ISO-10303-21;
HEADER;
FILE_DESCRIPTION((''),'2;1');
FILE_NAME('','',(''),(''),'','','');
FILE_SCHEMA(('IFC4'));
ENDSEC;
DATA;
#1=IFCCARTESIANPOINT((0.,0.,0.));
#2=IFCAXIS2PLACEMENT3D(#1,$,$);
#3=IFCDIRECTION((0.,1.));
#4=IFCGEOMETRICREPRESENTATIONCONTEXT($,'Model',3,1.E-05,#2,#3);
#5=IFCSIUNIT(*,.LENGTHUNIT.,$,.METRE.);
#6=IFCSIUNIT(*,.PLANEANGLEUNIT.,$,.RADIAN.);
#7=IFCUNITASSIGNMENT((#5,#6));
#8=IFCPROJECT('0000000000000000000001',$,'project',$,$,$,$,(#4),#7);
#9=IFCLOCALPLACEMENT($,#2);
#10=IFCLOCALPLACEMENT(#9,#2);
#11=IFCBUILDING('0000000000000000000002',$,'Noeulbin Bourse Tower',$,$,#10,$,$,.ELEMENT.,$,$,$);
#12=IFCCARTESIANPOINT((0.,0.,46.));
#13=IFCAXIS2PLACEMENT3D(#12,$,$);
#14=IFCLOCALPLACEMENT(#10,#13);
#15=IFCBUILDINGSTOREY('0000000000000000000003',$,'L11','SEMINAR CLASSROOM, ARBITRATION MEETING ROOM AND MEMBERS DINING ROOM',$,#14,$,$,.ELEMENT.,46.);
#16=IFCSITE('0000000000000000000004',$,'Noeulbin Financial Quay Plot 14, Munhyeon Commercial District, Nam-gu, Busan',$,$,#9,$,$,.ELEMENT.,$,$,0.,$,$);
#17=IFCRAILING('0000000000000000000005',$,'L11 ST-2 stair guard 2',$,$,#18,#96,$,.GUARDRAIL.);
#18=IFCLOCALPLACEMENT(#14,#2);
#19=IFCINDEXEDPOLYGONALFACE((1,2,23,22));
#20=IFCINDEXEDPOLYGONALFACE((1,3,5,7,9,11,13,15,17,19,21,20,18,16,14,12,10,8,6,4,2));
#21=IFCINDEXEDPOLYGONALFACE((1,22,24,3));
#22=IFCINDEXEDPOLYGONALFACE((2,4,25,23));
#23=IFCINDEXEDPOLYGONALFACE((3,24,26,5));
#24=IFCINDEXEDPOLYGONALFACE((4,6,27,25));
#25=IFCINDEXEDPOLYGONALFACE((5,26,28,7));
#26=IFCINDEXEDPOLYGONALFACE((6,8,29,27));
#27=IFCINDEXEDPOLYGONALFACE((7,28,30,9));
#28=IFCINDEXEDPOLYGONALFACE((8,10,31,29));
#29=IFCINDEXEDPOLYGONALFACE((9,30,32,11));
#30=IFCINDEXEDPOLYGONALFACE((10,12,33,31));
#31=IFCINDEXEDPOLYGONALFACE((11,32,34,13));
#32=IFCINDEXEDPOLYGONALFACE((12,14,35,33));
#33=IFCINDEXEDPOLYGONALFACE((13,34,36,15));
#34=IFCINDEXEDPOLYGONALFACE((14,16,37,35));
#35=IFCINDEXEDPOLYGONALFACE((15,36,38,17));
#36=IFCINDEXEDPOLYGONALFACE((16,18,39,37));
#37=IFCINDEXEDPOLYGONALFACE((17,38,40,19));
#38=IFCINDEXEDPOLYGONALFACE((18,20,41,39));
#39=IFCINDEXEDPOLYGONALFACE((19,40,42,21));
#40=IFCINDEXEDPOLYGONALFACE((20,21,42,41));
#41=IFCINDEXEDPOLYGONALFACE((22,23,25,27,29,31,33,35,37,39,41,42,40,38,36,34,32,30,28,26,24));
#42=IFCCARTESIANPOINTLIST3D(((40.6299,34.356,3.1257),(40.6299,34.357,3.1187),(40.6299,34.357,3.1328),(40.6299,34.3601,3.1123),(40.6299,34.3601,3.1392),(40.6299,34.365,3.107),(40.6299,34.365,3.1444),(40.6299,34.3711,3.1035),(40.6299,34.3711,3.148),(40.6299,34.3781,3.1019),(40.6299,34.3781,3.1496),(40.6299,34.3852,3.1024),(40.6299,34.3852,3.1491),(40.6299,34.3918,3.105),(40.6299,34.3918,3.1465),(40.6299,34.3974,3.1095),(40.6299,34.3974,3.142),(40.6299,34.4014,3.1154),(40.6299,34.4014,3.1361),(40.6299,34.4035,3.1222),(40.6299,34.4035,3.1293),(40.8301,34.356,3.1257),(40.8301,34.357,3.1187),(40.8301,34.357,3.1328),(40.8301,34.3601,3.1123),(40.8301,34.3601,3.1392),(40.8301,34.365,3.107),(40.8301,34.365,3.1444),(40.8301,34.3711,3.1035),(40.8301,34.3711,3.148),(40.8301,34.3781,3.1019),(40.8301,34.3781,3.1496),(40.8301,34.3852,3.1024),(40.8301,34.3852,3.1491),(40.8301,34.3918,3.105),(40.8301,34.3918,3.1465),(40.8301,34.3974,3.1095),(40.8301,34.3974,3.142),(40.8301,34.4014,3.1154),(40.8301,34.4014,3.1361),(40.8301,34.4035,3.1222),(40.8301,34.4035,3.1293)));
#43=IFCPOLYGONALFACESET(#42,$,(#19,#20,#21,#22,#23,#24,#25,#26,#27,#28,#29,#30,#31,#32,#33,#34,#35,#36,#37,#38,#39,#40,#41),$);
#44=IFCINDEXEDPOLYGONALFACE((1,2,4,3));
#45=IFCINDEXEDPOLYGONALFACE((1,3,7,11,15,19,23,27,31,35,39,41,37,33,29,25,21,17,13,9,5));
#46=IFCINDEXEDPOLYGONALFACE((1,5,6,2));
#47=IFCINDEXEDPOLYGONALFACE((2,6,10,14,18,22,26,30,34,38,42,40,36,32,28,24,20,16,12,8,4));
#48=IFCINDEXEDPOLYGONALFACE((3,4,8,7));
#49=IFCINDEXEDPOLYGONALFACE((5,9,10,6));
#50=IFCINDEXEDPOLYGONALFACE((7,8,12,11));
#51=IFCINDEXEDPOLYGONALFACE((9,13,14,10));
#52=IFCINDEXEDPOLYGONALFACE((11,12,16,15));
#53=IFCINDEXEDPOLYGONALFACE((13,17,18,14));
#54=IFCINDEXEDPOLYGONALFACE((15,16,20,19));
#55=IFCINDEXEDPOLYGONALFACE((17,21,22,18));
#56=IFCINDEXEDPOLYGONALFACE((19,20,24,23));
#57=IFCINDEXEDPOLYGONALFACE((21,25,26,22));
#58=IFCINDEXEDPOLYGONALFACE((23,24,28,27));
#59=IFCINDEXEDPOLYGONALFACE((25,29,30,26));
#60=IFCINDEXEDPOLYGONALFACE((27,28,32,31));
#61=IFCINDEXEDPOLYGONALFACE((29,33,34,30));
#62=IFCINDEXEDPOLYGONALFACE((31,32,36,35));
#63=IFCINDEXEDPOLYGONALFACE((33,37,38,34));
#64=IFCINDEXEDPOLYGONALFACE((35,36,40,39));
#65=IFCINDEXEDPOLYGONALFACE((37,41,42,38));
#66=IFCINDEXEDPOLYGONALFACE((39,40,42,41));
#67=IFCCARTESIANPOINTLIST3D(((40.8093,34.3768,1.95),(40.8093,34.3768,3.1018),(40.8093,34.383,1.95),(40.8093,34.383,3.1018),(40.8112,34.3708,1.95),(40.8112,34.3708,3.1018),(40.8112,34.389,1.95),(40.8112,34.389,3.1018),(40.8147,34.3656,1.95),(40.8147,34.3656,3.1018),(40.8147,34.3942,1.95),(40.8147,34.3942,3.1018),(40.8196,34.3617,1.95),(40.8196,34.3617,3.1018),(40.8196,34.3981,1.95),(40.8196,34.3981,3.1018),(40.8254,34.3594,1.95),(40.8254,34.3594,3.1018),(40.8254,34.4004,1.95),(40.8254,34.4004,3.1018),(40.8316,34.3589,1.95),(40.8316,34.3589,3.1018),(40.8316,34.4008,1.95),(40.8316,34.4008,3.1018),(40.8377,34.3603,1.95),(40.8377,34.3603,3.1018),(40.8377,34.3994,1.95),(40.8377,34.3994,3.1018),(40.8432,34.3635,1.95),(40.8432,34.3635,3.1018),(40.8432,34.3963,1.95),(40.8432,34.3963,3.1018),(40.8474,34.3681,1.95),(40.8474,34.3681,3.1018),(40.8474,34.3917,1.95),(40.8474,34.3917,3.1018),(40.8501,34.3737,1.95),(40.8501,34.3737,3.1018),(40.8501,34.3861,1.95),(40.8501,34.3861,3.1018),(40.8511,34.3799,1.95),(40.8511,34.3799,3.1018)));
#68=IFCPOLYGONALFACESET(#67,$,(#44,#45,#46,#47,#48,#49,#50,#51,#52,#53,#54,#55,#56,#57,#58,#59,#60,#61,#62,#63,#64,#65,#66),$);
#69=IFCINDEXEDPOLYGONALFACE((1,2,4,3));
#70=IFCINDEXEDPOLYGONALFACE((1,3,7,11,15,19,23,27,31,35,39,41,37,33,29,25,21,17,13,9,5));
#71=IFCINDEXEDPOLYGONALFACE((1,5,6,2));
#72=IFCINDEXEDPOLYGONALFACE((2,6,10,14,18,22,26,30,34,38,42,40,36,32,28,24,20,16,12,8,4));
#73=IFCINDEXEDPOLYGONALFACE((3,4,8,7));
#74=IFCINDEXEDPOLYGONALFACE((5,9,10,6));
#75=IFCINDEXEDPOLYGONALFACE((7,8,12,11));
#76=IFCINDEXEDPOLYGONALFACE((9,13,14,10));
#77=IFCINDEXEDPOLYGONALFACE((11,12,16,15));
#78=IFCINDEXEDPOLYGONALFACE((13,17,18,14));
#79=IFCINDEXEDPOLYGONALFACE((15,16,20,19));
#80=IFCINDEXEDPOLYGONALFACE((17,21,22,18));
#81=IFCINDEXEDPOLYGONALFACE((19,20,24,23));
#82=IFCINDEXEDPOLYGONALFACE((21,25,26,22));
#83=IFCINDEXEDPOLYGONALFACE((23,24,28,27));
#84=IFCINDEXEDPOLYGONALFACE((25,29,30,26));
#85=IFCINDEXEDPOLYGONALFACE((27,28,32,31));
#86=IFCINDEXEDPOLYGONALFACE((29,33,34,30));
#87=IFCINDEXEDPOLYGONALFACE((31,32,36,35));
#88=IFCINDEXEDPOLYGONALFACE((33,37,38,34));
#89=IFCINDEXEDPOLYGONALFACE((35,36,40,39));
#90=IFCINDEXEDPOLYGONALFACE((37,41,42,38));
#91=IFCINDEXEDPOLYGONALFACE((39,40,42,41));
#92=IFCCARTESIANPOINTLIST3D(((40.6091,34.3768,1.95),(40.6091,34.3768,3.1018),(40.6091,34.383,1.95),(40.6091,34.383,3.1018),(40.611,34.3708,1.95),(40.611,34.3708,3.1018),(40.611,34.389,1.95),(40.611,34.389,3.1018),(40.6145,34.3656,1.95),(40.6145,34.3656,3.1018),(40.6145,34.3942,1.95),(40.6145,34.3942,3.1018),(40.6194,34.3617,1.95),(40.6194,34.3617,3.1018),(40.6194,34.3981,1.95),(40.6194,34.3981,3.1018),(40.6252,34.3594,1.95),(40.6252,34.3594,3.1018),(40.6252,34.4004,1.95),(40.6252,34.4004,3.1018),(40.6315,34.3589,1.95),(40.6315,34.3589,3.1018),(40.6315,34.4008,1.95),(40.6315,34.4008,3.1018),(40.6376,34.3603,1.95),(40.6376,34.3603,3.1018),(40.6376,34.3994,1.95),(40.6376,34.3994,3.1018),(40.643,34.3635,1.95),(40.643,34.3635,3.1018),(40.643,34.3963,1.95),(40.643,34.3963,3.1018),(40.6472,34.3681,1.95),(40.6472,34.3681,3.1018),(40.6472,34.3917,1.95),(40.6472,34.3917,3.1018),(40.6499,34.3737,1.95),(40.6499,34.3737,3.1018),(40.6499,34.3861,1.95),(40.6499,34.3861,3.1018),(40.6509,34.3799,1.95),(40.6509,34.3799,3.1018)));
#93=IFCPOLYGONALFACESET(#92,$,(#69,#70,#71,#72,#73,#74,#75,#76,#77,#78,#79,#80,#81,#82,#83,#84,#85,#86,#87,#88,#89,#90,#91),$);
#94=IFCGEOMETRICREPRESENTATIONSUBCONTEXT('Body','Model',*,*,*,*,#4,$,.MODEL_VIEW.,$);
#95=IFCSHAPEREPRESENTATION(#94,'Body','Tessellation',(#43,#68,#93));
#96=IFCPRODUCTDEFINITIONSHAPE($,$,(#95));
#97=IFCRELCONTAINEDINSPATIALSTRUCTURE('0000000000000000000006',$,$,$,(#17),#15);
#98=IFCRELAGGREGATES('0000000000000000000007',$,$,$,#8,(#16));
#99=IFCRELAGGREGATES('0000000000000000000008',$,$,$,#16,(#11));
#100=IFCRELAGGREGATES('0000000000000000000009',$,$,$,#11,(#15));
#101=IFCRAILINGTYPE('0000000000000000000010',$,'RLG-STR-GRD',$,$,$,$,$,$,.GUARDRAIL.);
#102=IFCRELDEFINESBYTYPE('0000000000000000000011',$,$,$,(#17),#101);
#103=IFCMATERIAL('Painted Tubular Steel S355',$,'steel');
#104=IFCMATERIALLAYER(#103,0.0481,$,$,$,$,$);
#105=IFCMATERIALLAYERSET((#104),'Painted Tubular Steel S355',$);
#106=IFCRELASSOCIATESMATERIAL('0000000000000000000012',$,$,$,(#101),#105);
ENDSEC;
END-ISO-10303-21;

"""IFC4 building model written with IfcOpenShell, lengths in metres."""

from ifc_helpers import new_model, si_unit, direction, frame, origin, origin_2d, place, context, subcontext, project, spatial, circle, extrude, material, layer, layer_set, type_object, element, save


model = new_model("IFC4")

# Units and contexts
model_context = context("Model", 3, precision=1e-05, world=origin(), true_north=direction((0.0, 1.0)))
body_context = subcontext(model_context, "Body", "Model", "MODEL_VIEW")
ifc_project = project(units=[si_unit("LENGTHUNIT", "METRE"), si_unit("PLANEANGLEUNIT", "RADIAN")], contexts=[model_context])

# Site, building, storey
site_placement = place(None, origin())
site = spatial("IfcSite", under=ifc_project, at=site_placement, Name="Noeulbin Financial Quay Plot 14, Munhyeon Commercial District, Nam-gu, Busan", CompositionType="ELEMENT", RefElevation=0.0)
building_placement = place(site_placement, origin())
building = spatial("IfcBuilding", under=site, at=building_placement, Name="Noeulbin Bourse Tower", CompositionType="ELEMENT")
storey_placement = place(building_placement, frame((0.0, 0.0, 46.0)))
storey = spatial("IfcBuildingStorey", under=building, at=storey_placement, Name="L11", Description="SEMINAR CLASSROOM, ARBITRATION MEETING ROOM AND MEMBERS DINING ROOM", CompositionType="ELEMENT", Elevation=46.0)

# Railing
ifc_material_1 = material(Name="Painted Tubular Steel S355", Category="steel")
ifc_layer_1 = layer(ifc_material_1, 0.0481)
ifc_layer_set_1 = layer_set([ifc_layer_1], Name="Painted Tubular Steel S355")
railing_type_1 = type_object("IfcRailingType", Name="RLG-STR-GRD", PredefinedType="GUARDRAIL", material=ifc_layer_set_1)
railing_1_placement = place(storey_placement, frame((40.8301, 34.3799, 1.95)))
element("IfcRailing", 1, at=railing_1_placement, inside=storey, type_object=railing_type_1, Name="L11 ST-2 stair guard 2", PredefinedType="GUARDRAIL", context=body_context, shape_type="SweptSolid", body=[
    extrude(circle(Radius=0.0239, at=origin_2d()), frame((0.0, 0.0, 1.1758), z_axis=(-1.0, 0.0, 0.0), x_axis=(0.0, -1.0, 0.0)), (0.0, 0.0, 1.0), 0.2002),
    extrude(circle(Radius=0.021, at=origin_2d()), origin(), (0.0, 0.0, 1.0), 1.1519),
    extrude(circle(Radius=0.021, at=origin_2d()), frame((-0.2002, 0.0, 0.0)), (0.0, 0.0, 1.0), 1.1519),
])

save(model, "model.ifc")
